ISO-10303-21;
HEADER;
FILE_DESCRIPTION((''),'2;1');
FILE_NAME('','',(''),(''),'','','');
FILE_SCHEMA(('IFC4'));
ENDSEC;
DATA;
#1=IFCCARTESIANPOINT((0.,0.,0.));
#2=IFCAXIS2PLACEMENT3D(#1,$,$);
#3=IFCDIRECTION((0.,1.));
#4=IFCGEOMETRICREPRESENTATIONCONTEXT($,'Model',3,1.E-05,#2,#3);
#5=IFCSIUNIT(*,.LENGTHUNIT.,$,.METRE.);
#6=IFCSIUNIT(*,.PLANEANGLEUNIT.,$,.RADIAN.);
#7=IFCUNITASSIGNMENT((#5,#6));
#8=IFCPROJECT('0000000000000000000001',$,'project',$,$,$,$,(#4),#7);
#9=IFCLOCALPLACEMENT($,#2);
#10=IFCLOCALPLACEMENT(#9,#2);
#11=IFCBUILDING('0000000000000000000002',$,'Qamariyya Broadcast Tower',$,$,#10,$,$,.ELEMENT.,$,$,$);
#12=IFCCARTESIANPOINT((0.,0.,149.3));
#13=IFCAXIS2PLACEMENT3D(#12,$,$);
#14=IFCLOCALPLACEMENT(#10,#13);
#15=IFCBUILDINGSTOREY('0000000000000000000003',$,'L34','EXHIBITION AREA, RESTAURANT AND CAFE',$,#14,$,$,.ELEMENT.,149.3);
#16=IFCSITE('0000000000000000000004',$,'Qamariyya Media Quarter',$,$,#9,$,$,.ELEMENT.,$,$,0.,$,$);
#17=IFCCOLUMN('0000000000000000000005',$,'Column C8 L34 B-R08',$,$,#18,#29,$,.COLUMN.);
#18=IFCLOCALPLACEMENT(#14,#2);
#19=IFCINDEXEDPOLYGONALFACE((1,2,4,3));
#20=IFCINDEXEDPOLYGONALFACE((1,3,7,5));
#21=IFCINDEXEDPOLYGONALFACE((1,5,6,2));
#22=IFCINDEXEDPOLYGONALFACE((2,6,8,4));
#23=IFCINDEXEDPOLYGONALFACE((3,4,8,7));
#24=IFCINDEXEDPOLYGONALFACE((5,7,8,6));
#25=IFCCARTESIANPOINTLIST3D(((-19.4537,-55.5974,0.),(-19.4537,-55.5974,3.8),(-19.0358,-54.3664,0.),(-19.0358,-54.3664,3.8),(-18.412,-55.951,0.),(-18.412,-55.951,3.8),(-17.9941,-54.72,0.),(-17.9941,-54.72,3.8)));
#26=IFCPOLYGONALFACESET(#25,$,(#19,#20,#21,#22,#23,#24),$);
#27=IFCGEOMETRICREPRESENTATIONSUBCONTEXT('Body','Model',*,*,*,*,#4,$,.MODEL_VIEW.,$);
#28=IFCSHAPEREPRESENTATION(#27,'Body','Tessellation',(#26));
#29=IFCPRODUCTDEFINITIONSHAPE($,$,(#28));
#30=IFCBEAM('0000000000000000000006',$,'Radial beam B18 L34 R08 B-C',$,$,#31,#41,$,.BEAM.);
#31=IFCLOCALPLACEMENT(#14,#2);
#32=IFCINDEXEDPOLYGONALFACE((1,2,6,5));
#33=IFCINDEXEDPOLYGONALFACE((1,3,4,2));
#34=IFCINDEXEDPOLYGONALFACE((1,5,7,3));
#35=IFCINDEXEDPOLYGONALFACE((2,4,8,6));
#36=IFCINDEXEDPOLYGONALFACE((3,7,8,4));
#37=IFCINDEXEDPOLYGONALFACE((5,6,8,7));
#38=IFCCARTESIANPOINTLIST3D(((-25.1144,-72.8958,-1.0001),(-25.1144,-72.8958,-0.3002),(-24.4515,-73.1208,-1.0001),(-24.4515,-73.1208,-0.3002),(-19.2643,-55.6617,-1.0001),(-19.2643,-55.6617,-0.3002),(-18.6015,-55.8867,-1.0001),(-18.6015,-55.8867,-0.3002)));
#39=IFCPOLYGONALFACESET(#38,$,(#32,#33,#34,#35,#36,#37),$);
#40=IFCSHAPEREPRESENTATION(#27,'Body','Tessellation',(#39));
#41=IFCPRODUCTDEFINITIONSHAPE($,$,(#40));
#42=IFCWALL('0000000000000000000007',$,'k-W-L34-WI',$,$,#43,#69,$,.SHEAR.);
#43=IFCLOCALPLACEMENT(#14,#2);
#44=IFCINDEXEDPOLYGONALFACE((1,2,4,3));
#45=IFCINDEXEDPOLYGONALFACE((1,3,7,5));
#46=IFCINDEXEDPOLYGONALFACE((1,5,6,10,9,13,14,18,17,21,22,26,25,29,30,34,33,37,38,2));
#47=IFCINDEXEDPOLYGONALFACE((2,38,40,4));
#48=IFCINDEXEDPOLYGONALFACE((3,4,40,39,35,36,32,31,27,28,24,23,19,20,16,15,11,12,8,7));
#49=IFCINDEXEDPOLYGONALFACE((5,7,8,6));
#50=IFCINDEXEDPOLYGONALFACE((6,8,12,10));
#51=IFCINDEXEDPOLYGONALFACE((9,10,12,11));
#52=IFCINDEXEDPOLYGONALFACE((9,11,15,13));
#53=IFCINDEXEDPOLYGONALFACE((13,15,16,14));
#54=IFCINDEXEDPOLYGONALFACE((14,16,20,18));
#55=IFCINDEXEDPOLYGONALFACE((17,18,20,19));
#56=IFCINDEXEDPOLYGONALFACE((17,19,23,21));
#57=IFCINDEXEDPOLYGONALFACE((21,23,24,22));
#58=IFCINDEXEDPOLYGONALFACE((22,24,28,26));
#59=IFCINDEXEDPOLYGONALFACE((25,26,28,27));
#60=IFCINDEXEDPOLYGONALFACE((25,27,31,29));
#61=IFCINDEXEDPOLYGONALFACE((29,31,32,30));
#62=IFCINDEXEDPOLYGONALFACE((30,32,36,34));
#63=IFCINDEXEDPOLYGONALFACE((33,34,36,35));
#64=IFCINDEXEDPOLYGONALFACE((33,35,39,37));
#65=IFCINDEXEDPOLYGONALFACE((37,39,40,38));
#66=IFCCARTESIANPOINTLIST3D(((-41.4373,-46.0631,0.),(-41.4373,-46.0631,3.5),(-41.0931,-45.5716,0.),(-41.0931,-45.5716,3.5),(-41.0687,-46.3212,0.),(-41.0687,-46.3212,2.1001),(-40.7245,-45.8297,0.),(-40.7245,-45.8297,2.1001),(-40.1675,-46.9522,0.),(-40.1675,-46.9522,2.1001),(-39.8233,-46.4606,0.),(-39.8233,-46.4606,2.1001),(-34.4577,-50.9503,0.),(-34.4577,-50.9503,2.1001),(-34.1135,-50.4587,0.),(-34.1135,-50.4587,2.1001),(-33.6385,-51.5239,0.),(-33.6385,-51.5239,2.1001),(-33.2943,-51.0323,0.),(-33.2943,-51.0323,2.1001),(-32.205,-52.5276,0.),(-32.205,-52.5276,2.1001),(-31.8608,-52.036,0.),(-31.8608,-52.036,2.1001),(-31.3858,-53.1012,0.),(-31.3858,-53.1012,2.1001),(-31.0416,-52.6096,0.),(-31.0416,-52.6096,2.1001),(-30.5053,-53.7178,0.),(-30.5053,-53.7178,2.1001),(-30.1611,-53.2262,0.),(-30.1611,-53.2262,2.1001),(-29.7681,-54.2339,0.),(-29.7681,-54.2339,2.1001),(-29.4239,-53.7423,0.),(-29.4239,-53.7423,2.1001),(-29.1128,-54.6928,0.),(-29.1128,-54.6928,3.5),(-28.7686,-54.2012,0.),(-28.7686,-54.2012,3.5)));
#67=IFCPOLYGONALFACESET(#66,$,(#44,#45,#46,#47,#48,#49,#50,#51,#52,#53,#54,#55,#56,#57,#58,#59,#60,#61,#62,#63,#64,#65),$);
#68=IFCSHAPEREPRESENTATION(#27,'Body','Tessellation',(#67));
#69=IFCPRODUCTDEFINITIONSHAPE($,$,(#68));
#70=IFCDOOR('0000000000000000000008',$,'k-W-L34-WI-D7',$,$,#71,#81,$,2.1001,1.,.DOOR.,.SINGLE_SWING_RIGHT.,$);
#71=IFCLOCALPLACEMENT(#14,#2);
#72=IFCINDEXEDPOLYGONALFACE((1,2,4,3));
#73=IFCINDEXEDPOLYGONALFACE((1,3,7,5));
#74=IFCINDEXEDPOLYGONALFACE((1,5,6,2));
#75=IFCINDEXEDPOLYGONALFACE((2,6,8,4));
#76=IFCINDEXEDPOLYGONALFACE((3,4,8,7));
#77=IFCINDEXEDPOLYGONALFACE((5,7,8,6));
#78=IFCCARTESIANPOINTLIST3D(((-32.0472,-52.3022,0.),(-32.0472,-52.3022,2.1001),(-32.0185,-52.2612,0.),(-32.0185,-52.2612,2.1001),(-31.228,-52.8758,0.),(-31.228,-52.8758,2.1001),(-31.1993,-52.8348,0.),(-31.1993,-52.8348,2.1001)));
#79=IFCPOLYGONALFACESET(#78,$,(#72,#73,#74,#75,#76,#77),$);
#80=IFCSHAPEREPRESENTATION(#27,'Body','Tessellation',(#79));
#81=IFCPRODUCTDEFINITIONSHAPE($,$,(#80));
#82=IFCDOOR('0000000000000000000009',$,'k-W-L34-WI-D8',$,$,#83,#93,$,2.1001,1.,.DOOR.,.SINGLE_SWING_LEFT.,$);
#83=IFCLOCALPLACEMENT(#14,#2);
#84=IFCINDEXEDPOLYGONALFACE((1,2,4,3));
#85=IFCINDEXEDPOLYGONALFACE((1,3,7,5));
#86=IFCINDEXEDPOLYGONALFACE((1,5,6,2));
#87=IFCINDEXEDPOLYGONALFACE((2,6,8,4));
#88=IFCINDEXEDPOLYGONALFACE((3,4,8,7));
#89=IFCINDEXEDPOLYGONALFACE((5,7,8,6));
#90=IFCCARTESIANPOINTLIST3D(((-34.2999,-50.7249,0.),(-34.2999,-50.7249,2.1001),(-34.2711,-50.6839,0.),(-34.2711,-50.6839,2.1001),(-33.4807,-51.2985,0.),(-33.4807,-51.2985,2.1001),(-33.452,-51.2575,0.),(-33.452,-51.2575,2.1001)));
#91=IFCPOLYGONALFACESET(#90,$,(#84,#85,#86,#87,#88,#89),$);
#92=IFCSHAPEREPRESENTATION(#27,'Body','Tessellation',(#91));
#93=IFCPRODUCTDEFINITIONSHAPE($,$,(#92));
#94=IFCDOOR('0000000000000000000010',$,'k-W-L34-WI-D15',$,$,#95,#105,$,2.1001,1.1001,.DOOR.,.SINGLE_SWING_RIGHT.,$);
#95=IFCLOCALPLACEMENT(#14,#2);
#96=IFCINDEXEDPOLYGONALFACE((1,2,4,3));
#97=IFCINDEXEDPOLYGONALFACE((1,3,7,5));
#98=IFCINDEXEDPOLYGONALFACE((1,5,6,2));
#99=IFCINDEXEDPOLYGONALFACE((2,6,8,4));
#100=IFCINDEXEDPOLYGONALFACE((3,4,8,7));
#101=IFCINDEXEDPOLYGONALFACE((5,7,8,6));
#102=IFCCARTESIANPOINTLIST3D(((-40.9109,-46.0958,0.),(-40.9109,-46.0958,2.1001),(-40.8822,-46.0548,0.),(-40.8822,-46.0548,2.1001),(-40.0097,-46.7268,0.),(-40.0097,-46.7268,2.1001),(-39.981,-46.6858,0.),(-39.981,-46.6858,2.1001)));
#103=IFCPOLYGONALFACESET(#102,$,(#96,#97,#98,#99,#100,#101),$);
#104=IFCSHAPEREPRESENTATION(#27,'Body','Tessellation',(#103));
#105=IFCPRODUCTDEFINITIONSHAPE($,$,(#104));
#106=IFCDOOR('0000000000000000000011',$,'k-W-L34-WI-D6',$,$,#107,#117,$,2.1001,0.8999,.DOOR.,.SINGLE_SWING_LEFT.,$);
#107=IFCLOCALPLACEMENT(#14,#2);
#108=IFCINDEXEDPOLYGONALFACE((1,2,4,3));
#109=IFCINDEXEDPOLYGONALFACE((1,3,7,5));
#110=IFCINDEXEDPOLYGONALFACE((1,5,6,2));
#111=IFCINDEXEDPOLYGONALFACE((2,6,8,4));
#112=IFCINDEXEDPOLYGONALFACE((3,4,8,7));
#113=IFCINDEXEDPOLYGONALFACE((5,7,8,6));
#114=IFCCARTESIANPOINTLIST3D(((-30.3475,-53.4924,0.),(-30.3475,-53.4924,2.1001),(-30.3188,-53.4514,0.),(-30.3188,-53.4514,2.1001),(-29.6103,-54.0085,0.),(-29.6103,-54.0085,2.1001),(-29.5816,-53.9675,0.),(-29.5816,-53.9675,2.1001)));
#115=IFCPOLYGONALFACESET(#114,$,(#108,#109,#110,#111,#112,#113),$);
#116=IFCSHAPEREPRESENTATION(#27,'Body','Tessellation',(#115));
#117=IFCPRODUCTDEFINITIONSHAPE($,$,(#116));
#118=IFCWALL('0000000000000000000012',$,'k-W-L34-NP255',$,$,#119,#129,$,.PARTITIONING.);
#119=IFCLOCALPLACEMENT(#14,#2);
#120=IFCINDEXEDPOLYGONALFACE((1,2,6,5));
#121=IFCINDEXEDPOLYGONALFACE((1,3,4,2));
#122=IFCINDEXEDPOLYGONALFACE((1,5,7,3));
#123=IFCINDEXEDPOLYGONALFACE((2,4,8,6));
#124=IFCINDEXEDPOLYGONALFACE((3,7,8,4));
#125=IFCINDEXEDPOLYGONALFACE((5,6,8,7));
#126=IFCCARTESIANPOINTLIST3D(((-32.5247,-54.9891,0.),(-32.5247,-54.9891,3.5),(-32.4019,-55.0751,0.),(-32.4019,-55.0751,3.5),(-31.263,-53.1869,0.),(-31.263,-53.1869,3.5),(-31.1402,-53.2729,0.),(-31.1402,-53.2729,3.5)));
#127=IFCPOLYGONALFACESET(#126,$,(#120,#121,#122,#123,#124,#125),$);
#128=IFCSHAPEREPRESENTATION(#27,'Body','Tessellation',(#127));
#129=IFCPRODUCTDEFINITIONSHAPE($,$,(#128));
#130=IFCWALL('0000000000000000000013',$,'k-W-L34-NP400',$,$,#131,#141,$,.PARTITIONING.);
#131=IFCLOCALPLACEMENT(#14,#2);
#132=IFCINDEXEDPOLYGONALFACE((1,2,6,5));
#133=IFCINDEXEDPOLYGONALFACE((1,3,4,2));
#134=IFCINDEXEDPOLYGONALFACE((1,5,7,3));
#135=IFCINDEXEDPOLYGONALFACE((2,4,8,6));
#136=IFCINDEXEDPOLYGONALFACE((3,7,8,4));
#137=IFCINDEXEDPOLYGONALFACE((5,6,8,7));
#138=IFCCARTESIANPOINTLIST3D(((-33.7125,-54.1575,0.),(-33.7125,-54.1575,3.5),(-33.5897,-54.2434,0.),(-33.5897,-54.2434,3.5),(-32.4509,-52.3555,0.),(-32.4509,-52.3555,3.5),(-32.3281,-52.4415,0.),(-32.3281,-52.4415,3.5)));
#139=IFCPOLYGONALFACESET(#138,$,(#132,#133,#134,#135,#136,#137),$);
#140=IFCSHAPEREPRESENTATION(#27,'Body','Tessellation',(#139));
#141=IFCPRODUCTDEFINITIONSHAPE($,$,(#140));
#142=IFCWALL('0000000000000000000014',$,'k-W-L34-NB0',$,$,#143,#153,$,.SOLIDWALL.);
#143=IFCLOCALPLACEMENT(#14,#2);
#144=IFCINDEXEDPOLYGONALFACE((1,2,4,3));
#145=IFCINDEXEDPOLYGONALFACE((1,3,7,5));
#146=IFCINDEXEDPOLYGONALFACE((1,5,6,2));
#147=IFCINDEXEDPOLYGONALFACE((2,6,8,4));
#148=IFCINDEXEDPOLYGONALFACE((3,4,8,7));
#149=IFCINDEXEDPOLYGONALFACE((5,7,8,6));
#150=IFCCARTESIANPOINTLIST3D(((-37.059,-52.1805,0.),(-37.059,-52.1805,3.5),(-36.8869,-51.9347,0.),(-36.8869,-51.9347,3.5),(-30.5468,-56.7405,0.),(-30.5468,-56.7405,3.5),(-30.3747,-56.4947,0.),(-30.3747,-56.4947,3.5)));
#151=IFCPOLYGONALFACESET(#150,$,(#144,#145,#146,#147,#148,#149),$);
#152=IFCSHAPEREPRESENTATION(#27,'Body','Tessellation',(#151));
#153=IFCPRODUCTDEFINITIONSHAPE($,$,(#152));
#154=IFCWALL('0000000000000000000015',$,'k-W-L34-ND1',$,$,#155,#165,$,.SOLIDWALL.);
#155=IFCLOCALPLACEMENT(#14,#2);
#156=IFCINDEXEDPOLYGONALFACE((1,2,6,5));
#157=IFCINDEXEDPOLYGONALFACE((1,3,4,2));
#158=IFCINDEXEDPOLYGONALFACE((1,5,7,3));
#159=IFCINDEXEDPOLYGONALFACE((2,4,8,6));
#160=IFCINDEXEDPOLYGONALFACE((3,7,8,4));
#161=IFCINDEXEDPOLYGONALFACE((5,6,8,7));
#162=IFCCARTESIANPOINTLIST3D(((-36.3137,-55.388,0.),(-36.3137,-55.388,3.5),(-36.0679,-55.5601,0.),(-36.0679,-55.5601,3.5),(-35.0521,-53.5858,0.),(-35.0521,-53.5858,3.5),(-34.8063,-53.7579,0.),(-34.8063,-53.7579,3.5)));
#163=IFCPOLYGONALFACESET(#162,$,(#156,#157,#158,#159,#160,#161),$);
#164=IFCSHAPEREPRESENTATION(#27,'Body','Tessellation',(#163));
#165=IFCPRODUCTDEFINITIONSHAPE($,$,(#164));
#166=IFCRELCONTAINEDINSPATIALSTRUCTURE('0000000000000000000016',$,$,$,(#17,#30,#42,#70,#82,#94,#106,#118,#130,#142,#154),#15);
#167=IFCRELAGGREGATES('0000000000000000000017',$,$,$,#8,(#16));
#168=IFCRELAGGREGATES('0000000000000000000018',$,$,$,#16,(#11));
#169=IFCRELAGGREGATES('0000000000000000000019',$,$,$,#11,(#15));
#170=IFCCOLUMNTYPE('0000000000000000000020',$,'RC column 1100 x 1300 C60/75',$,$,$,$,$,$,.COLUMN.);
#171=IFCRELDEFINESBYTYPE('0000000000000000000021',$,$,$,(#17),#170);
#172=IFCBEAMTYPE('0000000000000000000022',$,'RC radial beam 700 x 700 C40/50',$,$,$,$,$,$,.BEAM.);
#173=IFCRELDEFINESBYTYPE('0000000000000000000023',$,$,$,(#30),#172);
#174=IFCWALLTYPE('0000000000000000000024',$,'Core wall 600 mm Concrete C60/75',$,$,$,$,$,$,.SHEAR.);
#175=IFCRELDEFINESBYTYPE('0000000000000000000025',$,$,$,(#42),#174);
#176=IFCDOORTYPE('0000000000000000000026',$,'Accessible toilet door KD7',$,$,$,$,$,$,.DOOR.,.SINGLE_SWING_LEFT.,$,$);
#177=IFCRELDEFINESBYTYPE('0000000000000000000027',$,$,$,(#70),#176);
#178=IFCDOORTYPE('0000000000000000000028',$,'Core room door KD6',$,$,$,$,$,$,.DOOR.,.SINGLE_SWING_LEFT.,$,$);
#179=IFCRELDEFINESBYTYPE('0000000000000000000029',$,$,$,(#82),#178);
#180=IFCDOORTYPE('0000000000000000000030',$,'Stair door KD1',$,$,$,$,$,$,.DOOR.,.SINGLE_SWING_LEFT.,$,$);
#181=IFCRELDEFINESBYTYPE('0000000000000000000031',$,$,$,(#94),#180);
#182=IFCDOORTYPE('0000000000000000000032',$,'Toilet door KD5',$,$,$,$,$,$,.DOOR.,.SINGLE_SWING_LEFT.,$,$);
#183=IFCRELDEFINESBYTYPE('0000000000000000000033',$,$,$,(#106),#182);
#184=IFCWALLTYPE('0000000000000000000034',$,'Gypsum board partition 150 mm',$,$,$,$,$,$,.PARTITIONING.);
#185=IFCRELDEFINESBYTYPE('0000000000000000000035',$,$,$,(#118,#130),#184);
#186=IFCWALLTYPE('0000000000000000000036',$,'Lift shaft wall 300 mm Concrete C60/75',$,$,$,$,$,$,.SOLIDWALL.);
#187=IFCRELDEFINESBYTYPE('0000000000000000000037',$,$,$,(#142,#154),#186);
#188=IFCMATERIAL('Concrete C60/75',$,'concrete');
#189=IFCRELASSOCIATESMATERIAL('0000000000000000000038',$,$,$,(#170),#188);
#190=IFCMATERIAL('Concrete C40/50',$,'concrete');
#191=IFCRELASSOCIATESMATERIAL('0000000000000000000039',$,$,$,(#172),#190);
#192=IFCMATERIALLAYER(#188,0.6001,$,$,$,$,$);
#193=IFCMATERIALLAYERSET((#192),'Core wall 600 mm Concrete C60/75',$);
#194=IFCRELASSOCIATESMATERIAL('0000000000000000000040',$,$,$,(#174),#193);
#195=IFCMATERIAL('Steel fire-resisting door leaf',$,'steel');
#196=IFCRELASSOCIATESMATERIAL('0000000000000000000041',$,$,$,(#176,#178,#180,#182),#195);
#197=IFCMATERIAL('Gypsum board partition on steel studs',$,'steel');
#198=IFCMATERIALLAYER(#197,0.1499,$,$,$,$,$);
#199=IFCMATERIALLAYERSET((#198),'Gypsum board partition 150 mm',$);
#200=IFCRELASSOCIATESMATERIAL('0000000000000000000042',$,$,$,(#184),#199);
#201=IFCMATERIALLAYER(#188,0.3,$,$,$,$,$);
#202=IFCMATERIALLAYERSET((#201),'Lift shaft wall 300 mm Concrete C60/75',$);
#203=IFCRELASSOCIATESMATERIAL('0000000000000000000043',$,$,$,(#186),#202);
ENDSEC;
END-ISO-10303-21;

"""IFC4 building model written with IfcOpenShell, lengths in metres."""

from ifc_helpers import new_model, si_unit, direction, frame, frame_2d, origin, origin_2d, place, context, subcontext, project, spatial, rectangle, extrude, material, layer, layer_set, material_profile, profile_set, type_object, element, fill, save


model = new_model("IFC4")

# Units and contexts
model_context = context("Model", 3, precision=1e-05, world=origin(), true_north=direction((0.0, 1.0)))
body_context = subcontext(model_context, "Body", "Model", "MODEL_VIEW")
ifc_project = project(units=[si_unit("LENGTHUNIT", "METRE"), si_unit("PLANEANGLEUNIT", "RADIAN")], contexts=[model_context])

# Site, building, storey
site_placement = place(None, origin())
site = spatial("IfcSite", under=ifc_project, at=site_placement, Name="Qamariyya Media Quarter", CompositionType="ELEMENT", RefElevation=0.0)
building_placement = place(site_placement, origin())
building = spatial("IfcBuilding", under=site, at=building_placement, Name="Qamariyya Broadcast Tower", CompositionType="ELEMENT")
storey_placement = place(building_placement, frame((0.0, 0.0, 149.3)))
storey = spatial("IfcBuildingStorey", under=building, at=storey_placement, Name="L34", Description="EXHIBITION AREA, RESTAURANT AND CAFE", CompositionType="ELEMENT", Elevation=149.3)

# Column
ifc_material_1 = material(Name="Concrete C60/75", Category="concrete")
ifc_material_profile_1 = material_profile(ifc_material_1, rectangle(XDim=1.1001, YDim=1.3, at=origin_2d()))
ifc_profile_set_1 = profile_set([ifc_material_profile_1], Name="Concrete C60/75")
column_type = type_object("IfcColumnType", Name="RC column 1100 x 1300 C60/75", PredefinedType="COLUMN", material=ifc_profile_set_1)
column_placement = place(storey_placement, frame((-18.7239, -55.1587, 0.0), z_axis=(0.0, 0.0, 1.0), x_axis=(0.94693, -0.321439, 0.0)))
element("IfcColumn", 1, at=column_placement, inside=storey, type_object=column_type, Name="Column C8 L34 B-R08", PredefinedType="COLUMN", context=body_context, shape_type="SweptSolid", body=[
    extrude(rectangle(XDim=1.1001, YDim=1.3, at=origin_2d()), origin(), (0.0, 0.0, 1.0), 3.8),
])

# Beam
ifc_material_2 = material(Name="Concrete C40/50", Category="concrete")
ifc_material_profile_2 = material_profile(ifc_material_2, rectangle(XDim=0.7, YDim=0.7, at=origin_2d()))
ifc_profile_set_2 = profile_set([ifc_material_profile_2], Name="Concrete C40/50")
beam_type = type_object("IfcBeamType", Name="RC radial beam 700 x 700 C40/50", PredefinedType="BEAM", material=ifc_profile_set_2)
beam_placement = place(storey_placement, frame((-18.9329, -55.7742, -0.6501), z_axis=(-0.321434, -0.946932, 0.0), x_axis=(0.946932, -0.321434, 0.0)))
element("IfcBeam", 2, at=beam_placement, inside=storey, type_object=beam_type, Name="Radial beam B18 L34 R08 B-C", PredefinedType="BEAM", context=body_context, shape_type="SweptSolid", body=[
    extrude(rectangle(XDim=0.7, YDim=0.7, at=origin_2d()), origin(), (0.0, 0.0, 1.0), 18.2),
])

# Wall, openings, doors
ifc_layer_1 = layer(ifc_material_1, 0.6001)
ifc_layer_set_1 = layer_set([ifc_layer_1], Name="Core wall 600 mm Concrete C60/75")
wall_type_1 = type_object("IfcWallType", Name="Core wall 600 mm Concrete C60/75", PredefinedType="SHEAR", material=ifc_layer_set_1)
wall_1_placement = place(storey_placement, frame((-28.9407, -54.447, 0.0), z_axis=(0.0, 0.0, 1.0), x_axis=(-0.819153, 0.573575, 0.0)))
wall_1 = element("IfcWall", 3, at=wall_1_placement, inside=storey, type_object=wall_type_1, Name="k-W-L34-WI", PredefinedType="SHEAR", context=body_context, shape_type="SweptSolid", body=[
    extrude(rectangle(XDim=15.0454, YDim=0.6001, at=frame_2d((7.5227, 0.0))), origin(), (0.0, 0.0, 1.0), 3.5),
])
opening_1_placement = place(wall_1_placement, frame((0.8, 0.0, 0.0)))
opening_1 = element("IfcOpeningElement", 4, at=opening_1_placement, cuts=wall_1, PredefinedType="OPENING", context=body_context, shape_type="SweptSolid", body=[
    extrude(rectangle(XDim=0.8999, YDim=2.1001, at=frame_2d((0.45, 1.05))), frame((0.0, 0.3101, 0.0), z_axis=(0.0, -1.0, 0.0), x_axis=(1.0, 0.0, 0.0)), (0.0, 0.0, 1.0), 0.6201),
])
opening_2_placement = place(wall_1_placement, frame((2.7749, 0.0, 0.0)))
opening_2 = element("IfcOpeningElement", 5, at=opening_2_placement, cuts=wall_1, PredefinedType="OPENING", context=body_context, shape_type="SweptSolid", body=[
    extrude(rectangle(XDim=1.0, YDim=2.1001, at=frame_2d((0.5, 1.05))), frame((0.0, 0.3101, 0.0), z_axis=(0.0, -1.0, 0.0), x_axis=(1.0, 0.0, 0.0)), (0.0, 0.0, 1.0), 0.6201),
])
opening_3_placement = place(wall_1_placement, frame((5.5249, 0.0, 0.0)))
opening_3 = element("IfcOpeningElement", 6, at=opening_3_placement, cuts=wall_1, PredefinedType="OPENING", context=body_context, shape_type="SweptSolid", body=[
    extrude(rectangle(XDim=1.0, YDim=2.1001, at=frame_2d((0.5, 1.05))), frame((0.0, 0.3101, 0.0), z_axis=(0.0, -1.0, 0.0), x_axis=(1.0, 0.0, 0.0)), (0.0, 0.0, 1.0), 0.6201),
])
opening_4_placement = place(wall_1_placement, frame((13.4954, 0.0, 0.0)))
opening_4 = element("IfcOpeningElement", 7, at=opening_4_placement, cuts=wall_1, PredefinedType="OPENING", context=body_context, shape_type="SweptSolid", body=[
    extrude(rectangle(XDim=1.1001, YDim=2.1001, at=frame_2d((0.55, 1.05))), frame((0.0, 0.3101, 0.0), z_axis=(0.0, -1.0, 0.0), x_axis=(1.0, 0.0, 0.0)), (0.0, 0.0, 1.0), 0.6201),
])
ifc_material_3 = material(Name="Steel fire-resisting door leaf", Category="steel")
door_type_1 = type_object("IfcDoorType", Name="Accessible toilet door KD7", OperationType="SINGLE_SWING_LEFT", PredefinedType="DOOR", material=ifc_material_3)
door_1_placement = place(opening_2_placement, origin())
door_1 = element("IfcDoor", 8, at=door_1_placement, inside=storey, type_object=door_type_1, Name="k-W-L34-WI-D7", OperationType="SINGLE_SWING_RIGHT", OverallHeight=2.1001, OverallWidth=1.0, PredefinedType="DOOR", context=body_context, shape_type="SweptSolid", body=[
    extrude(rectangle(XDim=1.0, YDim=2.1001, at=frame_2d((0.5, 1.05))), frame((0.0, 0.0249, 0.0), z_axis=(0.0, -1.0, 0.0), x_axis=(1.0, 0.0, 0.0)), (0.0, 0.0, 1.0), 0.05),
])
fill(opening_2, door_1)
door_type_2 = type_object("IfcDoorType", Name="Core room door KD6", OperationType="SINGLE_SWING_LEFT", PredefinedType="DOOR", material=ifc_material_3)
door_2_placement = place(opening_3_placement, origin())
door_2 = element("IfcDoor", 9, at=door_2_placement, inside=storey, type_object=door_type_2, Name="k-W-L34-WI-D8", OperationType="SINGLE_SWING_LEFT", OverallHeight=2.1001, OverallWidth=1.0, PredefinedType="DOOR", context=body_context, shape_type="SweptSolid", body=[
    extrude(rectangle(XDim=1.0, YDim=2.1001, at=frame_2d((0.5, 1.05))), frame((0.0, 0.0249, 0.0), z_axis=(0.0, -1.0, 0.0), x_axis=(1.0, 0.0, 0.0)), (0.0, 0.0, 1.0), 0.05),
])
fill(opening_3, door_2)
door_type_3 = type_object("IfcDoorType", Name="Stair door KD1", OperationType="SINGLE_SWING_LEFT", PredefinedType="DOOR", material=ifc_material_3)
door_3_placement = place(opening_4_placement, origin())
door_3 = element("IfcDoor", 10, at=door_3_placement, inside=storey, type_object=door_type_3, Name="k-W-L34-WI-D15", OperationType="SINGLE_SWING_RIGHT", OverallHeight=2.1001, OverallWidth=1.1001, PredefinedType="DOOR", context=body_context, shape_type="SweptSolid", body=[
    extrude(rectangle(XDim=1.1001, YDim=2.1001, at=frame_2d((0.55, 1.05))), frame((0.0, 0.0249, 0.0), z_axis=(0.0, -1.0, 0.0), x_axis=(1.0, 0.0, 0.0)), (0.0, 0.0, 1.0), 0.05),
])
fill(opening_4, door_3)
door_type_4 = type_object("IfcDoorType", Name="Toilet door KD5", OperationType="SINGLE_SWING_LEFT", PredefinedType="DOOR", material=ifc_material_3)
door_4_placement = place(opening_1_placement, origin())
door_4 = element("IfcDoor", 11, at=door_4_placement, inside=storey, type_object=door_type_4, Name="k-W-L34-WI-D6", OperationType="SINGLE_SWING_LEFT", OverallHeight=2.1001, OverallWidth=0.8999, PredefinedType="DOOR", context=body_context, shape_type="SweptSolid", body=[
    extrude(rectangle(XDim=0.8999, YDim=2.1001, at=frame_2d((0.45, 1.05))), frame((0.0, 0.0249, 0.0), z_axis=(0.0, -1.0, 0.0), x_axis=(1.0, 0.0, 0.0)), (0.0, 0.0, 1.0), 0.05),
])
fill(opening_1, door_4)

# Walls
ifc_material_4 = material(Name="Gypsum board partition on steel studs", Category="steel")
ifc_layer_2 = layer(ifc_material_4, 0.1499)
ifc_layer_set_2 = layer_set([ifc_layer_2], Name="Gypsum board partition 150 mm")
wall_type_2 = type_object("IfcWallType", Name="Gypsum board partition 150 mm", PredefinedType="PARTITIONING", material=ifc_layer_set_2)
wall_2_placement = place(storey_placement, frame((-32.4634, -55.0322, 0.0), z_axis=(0.0, 0.0, 1.0), x_axis=(0.573507, 0.819201, 0.0)))
element("IfcWall", 12, at=wall_2_placement, inside=storey, type_object=wall_type_2, Name="k-W-L34-NP255", PredefinedType="PARTITIONING", context=body_context, shape_type="SweptSolid", body=[
    extrude(rectangle(XDim=2.2, YDim=0.1499, at=frame_2d((1.1001, 0.0))), origin(), (0.0, 0.0, 1.0), 3.5),
])
wall_3_placement = place(storey_placement, frame((-33.6511, -54.2004, 0.0), z_axis=(0.0, 0.0, 1.0), x_axis=(0.573559, 0.819164, 0.0)))
element("IfcWall", 13, at=wall_3_placement, inside=storey, type_object=wall_type_2, Name="k-W-L34-NP400", PredefinedType="PARTITIONING", context=body_context, shape_type="SweptSolid", body=[
    extrude(rectangle(XDim=2.1997, YDim=0.1499, at=frame_2d((1.0999, 0.0))), origin(), (0.0, 0.0, 1.0), 3.5),
])
ifc_layer_3 = layer(ifc_material_1, 0.3)
ifc_layer_set_3 = layer_set([ifc_layer_3], Name="Lift shaft wall 300 mm Concrete C60/75")
wall_type_3 = type_object("IfcWallType", Name="Lift shaft wall 300 mm Concrete C60/75", PredefinedType="SOLIDWALL", material=ifc_layer_set_3)
wall_4_placement = place(storey_placement, frame((-30.4607, -56.6177, 0.0), z_axis=(0.0, 0.0, 1.0), x_axis=(-0.819142, 0.57359, 0.0)))
element("IfcWall", 14, at=wall_4_placement, inside=storey, type_object=wall_type_3, Name="k-W-L34-NB0", PredefinedType="SOLIDWALL", context=body_context, shape_type="SweptSolid", body=[
    extrude(rectangle(XDim=7.95, YDim=0.3, at=frame_2d((3.9751, 0.0))), origin(), (0.0, 0.0, 1.0), 3.5),
])
wall_5_placement = place(storey_placement, frame((-36.1909, -55.4741, 0.0), z_axis=(0.0, 0.0, 1.0), x_axis=(0.573507, 0.819201, 0.0)))
element("IfcWall", 15, at=wall_5_placement, inside=storey, type_object=wall_type_3, Name="k-W-L34-ND1", PredefinedType="SOLIDWALL", context=body_context, shape_type="SweptSolid", body=[
    extrude(rectangle(XDim=2.2, YDim=0.3, at=frame_2d((1.1001, 0.0))), origin(), (0.0, 0.0, 1.0), 3.5),
])

save(model, "model.ifc")
